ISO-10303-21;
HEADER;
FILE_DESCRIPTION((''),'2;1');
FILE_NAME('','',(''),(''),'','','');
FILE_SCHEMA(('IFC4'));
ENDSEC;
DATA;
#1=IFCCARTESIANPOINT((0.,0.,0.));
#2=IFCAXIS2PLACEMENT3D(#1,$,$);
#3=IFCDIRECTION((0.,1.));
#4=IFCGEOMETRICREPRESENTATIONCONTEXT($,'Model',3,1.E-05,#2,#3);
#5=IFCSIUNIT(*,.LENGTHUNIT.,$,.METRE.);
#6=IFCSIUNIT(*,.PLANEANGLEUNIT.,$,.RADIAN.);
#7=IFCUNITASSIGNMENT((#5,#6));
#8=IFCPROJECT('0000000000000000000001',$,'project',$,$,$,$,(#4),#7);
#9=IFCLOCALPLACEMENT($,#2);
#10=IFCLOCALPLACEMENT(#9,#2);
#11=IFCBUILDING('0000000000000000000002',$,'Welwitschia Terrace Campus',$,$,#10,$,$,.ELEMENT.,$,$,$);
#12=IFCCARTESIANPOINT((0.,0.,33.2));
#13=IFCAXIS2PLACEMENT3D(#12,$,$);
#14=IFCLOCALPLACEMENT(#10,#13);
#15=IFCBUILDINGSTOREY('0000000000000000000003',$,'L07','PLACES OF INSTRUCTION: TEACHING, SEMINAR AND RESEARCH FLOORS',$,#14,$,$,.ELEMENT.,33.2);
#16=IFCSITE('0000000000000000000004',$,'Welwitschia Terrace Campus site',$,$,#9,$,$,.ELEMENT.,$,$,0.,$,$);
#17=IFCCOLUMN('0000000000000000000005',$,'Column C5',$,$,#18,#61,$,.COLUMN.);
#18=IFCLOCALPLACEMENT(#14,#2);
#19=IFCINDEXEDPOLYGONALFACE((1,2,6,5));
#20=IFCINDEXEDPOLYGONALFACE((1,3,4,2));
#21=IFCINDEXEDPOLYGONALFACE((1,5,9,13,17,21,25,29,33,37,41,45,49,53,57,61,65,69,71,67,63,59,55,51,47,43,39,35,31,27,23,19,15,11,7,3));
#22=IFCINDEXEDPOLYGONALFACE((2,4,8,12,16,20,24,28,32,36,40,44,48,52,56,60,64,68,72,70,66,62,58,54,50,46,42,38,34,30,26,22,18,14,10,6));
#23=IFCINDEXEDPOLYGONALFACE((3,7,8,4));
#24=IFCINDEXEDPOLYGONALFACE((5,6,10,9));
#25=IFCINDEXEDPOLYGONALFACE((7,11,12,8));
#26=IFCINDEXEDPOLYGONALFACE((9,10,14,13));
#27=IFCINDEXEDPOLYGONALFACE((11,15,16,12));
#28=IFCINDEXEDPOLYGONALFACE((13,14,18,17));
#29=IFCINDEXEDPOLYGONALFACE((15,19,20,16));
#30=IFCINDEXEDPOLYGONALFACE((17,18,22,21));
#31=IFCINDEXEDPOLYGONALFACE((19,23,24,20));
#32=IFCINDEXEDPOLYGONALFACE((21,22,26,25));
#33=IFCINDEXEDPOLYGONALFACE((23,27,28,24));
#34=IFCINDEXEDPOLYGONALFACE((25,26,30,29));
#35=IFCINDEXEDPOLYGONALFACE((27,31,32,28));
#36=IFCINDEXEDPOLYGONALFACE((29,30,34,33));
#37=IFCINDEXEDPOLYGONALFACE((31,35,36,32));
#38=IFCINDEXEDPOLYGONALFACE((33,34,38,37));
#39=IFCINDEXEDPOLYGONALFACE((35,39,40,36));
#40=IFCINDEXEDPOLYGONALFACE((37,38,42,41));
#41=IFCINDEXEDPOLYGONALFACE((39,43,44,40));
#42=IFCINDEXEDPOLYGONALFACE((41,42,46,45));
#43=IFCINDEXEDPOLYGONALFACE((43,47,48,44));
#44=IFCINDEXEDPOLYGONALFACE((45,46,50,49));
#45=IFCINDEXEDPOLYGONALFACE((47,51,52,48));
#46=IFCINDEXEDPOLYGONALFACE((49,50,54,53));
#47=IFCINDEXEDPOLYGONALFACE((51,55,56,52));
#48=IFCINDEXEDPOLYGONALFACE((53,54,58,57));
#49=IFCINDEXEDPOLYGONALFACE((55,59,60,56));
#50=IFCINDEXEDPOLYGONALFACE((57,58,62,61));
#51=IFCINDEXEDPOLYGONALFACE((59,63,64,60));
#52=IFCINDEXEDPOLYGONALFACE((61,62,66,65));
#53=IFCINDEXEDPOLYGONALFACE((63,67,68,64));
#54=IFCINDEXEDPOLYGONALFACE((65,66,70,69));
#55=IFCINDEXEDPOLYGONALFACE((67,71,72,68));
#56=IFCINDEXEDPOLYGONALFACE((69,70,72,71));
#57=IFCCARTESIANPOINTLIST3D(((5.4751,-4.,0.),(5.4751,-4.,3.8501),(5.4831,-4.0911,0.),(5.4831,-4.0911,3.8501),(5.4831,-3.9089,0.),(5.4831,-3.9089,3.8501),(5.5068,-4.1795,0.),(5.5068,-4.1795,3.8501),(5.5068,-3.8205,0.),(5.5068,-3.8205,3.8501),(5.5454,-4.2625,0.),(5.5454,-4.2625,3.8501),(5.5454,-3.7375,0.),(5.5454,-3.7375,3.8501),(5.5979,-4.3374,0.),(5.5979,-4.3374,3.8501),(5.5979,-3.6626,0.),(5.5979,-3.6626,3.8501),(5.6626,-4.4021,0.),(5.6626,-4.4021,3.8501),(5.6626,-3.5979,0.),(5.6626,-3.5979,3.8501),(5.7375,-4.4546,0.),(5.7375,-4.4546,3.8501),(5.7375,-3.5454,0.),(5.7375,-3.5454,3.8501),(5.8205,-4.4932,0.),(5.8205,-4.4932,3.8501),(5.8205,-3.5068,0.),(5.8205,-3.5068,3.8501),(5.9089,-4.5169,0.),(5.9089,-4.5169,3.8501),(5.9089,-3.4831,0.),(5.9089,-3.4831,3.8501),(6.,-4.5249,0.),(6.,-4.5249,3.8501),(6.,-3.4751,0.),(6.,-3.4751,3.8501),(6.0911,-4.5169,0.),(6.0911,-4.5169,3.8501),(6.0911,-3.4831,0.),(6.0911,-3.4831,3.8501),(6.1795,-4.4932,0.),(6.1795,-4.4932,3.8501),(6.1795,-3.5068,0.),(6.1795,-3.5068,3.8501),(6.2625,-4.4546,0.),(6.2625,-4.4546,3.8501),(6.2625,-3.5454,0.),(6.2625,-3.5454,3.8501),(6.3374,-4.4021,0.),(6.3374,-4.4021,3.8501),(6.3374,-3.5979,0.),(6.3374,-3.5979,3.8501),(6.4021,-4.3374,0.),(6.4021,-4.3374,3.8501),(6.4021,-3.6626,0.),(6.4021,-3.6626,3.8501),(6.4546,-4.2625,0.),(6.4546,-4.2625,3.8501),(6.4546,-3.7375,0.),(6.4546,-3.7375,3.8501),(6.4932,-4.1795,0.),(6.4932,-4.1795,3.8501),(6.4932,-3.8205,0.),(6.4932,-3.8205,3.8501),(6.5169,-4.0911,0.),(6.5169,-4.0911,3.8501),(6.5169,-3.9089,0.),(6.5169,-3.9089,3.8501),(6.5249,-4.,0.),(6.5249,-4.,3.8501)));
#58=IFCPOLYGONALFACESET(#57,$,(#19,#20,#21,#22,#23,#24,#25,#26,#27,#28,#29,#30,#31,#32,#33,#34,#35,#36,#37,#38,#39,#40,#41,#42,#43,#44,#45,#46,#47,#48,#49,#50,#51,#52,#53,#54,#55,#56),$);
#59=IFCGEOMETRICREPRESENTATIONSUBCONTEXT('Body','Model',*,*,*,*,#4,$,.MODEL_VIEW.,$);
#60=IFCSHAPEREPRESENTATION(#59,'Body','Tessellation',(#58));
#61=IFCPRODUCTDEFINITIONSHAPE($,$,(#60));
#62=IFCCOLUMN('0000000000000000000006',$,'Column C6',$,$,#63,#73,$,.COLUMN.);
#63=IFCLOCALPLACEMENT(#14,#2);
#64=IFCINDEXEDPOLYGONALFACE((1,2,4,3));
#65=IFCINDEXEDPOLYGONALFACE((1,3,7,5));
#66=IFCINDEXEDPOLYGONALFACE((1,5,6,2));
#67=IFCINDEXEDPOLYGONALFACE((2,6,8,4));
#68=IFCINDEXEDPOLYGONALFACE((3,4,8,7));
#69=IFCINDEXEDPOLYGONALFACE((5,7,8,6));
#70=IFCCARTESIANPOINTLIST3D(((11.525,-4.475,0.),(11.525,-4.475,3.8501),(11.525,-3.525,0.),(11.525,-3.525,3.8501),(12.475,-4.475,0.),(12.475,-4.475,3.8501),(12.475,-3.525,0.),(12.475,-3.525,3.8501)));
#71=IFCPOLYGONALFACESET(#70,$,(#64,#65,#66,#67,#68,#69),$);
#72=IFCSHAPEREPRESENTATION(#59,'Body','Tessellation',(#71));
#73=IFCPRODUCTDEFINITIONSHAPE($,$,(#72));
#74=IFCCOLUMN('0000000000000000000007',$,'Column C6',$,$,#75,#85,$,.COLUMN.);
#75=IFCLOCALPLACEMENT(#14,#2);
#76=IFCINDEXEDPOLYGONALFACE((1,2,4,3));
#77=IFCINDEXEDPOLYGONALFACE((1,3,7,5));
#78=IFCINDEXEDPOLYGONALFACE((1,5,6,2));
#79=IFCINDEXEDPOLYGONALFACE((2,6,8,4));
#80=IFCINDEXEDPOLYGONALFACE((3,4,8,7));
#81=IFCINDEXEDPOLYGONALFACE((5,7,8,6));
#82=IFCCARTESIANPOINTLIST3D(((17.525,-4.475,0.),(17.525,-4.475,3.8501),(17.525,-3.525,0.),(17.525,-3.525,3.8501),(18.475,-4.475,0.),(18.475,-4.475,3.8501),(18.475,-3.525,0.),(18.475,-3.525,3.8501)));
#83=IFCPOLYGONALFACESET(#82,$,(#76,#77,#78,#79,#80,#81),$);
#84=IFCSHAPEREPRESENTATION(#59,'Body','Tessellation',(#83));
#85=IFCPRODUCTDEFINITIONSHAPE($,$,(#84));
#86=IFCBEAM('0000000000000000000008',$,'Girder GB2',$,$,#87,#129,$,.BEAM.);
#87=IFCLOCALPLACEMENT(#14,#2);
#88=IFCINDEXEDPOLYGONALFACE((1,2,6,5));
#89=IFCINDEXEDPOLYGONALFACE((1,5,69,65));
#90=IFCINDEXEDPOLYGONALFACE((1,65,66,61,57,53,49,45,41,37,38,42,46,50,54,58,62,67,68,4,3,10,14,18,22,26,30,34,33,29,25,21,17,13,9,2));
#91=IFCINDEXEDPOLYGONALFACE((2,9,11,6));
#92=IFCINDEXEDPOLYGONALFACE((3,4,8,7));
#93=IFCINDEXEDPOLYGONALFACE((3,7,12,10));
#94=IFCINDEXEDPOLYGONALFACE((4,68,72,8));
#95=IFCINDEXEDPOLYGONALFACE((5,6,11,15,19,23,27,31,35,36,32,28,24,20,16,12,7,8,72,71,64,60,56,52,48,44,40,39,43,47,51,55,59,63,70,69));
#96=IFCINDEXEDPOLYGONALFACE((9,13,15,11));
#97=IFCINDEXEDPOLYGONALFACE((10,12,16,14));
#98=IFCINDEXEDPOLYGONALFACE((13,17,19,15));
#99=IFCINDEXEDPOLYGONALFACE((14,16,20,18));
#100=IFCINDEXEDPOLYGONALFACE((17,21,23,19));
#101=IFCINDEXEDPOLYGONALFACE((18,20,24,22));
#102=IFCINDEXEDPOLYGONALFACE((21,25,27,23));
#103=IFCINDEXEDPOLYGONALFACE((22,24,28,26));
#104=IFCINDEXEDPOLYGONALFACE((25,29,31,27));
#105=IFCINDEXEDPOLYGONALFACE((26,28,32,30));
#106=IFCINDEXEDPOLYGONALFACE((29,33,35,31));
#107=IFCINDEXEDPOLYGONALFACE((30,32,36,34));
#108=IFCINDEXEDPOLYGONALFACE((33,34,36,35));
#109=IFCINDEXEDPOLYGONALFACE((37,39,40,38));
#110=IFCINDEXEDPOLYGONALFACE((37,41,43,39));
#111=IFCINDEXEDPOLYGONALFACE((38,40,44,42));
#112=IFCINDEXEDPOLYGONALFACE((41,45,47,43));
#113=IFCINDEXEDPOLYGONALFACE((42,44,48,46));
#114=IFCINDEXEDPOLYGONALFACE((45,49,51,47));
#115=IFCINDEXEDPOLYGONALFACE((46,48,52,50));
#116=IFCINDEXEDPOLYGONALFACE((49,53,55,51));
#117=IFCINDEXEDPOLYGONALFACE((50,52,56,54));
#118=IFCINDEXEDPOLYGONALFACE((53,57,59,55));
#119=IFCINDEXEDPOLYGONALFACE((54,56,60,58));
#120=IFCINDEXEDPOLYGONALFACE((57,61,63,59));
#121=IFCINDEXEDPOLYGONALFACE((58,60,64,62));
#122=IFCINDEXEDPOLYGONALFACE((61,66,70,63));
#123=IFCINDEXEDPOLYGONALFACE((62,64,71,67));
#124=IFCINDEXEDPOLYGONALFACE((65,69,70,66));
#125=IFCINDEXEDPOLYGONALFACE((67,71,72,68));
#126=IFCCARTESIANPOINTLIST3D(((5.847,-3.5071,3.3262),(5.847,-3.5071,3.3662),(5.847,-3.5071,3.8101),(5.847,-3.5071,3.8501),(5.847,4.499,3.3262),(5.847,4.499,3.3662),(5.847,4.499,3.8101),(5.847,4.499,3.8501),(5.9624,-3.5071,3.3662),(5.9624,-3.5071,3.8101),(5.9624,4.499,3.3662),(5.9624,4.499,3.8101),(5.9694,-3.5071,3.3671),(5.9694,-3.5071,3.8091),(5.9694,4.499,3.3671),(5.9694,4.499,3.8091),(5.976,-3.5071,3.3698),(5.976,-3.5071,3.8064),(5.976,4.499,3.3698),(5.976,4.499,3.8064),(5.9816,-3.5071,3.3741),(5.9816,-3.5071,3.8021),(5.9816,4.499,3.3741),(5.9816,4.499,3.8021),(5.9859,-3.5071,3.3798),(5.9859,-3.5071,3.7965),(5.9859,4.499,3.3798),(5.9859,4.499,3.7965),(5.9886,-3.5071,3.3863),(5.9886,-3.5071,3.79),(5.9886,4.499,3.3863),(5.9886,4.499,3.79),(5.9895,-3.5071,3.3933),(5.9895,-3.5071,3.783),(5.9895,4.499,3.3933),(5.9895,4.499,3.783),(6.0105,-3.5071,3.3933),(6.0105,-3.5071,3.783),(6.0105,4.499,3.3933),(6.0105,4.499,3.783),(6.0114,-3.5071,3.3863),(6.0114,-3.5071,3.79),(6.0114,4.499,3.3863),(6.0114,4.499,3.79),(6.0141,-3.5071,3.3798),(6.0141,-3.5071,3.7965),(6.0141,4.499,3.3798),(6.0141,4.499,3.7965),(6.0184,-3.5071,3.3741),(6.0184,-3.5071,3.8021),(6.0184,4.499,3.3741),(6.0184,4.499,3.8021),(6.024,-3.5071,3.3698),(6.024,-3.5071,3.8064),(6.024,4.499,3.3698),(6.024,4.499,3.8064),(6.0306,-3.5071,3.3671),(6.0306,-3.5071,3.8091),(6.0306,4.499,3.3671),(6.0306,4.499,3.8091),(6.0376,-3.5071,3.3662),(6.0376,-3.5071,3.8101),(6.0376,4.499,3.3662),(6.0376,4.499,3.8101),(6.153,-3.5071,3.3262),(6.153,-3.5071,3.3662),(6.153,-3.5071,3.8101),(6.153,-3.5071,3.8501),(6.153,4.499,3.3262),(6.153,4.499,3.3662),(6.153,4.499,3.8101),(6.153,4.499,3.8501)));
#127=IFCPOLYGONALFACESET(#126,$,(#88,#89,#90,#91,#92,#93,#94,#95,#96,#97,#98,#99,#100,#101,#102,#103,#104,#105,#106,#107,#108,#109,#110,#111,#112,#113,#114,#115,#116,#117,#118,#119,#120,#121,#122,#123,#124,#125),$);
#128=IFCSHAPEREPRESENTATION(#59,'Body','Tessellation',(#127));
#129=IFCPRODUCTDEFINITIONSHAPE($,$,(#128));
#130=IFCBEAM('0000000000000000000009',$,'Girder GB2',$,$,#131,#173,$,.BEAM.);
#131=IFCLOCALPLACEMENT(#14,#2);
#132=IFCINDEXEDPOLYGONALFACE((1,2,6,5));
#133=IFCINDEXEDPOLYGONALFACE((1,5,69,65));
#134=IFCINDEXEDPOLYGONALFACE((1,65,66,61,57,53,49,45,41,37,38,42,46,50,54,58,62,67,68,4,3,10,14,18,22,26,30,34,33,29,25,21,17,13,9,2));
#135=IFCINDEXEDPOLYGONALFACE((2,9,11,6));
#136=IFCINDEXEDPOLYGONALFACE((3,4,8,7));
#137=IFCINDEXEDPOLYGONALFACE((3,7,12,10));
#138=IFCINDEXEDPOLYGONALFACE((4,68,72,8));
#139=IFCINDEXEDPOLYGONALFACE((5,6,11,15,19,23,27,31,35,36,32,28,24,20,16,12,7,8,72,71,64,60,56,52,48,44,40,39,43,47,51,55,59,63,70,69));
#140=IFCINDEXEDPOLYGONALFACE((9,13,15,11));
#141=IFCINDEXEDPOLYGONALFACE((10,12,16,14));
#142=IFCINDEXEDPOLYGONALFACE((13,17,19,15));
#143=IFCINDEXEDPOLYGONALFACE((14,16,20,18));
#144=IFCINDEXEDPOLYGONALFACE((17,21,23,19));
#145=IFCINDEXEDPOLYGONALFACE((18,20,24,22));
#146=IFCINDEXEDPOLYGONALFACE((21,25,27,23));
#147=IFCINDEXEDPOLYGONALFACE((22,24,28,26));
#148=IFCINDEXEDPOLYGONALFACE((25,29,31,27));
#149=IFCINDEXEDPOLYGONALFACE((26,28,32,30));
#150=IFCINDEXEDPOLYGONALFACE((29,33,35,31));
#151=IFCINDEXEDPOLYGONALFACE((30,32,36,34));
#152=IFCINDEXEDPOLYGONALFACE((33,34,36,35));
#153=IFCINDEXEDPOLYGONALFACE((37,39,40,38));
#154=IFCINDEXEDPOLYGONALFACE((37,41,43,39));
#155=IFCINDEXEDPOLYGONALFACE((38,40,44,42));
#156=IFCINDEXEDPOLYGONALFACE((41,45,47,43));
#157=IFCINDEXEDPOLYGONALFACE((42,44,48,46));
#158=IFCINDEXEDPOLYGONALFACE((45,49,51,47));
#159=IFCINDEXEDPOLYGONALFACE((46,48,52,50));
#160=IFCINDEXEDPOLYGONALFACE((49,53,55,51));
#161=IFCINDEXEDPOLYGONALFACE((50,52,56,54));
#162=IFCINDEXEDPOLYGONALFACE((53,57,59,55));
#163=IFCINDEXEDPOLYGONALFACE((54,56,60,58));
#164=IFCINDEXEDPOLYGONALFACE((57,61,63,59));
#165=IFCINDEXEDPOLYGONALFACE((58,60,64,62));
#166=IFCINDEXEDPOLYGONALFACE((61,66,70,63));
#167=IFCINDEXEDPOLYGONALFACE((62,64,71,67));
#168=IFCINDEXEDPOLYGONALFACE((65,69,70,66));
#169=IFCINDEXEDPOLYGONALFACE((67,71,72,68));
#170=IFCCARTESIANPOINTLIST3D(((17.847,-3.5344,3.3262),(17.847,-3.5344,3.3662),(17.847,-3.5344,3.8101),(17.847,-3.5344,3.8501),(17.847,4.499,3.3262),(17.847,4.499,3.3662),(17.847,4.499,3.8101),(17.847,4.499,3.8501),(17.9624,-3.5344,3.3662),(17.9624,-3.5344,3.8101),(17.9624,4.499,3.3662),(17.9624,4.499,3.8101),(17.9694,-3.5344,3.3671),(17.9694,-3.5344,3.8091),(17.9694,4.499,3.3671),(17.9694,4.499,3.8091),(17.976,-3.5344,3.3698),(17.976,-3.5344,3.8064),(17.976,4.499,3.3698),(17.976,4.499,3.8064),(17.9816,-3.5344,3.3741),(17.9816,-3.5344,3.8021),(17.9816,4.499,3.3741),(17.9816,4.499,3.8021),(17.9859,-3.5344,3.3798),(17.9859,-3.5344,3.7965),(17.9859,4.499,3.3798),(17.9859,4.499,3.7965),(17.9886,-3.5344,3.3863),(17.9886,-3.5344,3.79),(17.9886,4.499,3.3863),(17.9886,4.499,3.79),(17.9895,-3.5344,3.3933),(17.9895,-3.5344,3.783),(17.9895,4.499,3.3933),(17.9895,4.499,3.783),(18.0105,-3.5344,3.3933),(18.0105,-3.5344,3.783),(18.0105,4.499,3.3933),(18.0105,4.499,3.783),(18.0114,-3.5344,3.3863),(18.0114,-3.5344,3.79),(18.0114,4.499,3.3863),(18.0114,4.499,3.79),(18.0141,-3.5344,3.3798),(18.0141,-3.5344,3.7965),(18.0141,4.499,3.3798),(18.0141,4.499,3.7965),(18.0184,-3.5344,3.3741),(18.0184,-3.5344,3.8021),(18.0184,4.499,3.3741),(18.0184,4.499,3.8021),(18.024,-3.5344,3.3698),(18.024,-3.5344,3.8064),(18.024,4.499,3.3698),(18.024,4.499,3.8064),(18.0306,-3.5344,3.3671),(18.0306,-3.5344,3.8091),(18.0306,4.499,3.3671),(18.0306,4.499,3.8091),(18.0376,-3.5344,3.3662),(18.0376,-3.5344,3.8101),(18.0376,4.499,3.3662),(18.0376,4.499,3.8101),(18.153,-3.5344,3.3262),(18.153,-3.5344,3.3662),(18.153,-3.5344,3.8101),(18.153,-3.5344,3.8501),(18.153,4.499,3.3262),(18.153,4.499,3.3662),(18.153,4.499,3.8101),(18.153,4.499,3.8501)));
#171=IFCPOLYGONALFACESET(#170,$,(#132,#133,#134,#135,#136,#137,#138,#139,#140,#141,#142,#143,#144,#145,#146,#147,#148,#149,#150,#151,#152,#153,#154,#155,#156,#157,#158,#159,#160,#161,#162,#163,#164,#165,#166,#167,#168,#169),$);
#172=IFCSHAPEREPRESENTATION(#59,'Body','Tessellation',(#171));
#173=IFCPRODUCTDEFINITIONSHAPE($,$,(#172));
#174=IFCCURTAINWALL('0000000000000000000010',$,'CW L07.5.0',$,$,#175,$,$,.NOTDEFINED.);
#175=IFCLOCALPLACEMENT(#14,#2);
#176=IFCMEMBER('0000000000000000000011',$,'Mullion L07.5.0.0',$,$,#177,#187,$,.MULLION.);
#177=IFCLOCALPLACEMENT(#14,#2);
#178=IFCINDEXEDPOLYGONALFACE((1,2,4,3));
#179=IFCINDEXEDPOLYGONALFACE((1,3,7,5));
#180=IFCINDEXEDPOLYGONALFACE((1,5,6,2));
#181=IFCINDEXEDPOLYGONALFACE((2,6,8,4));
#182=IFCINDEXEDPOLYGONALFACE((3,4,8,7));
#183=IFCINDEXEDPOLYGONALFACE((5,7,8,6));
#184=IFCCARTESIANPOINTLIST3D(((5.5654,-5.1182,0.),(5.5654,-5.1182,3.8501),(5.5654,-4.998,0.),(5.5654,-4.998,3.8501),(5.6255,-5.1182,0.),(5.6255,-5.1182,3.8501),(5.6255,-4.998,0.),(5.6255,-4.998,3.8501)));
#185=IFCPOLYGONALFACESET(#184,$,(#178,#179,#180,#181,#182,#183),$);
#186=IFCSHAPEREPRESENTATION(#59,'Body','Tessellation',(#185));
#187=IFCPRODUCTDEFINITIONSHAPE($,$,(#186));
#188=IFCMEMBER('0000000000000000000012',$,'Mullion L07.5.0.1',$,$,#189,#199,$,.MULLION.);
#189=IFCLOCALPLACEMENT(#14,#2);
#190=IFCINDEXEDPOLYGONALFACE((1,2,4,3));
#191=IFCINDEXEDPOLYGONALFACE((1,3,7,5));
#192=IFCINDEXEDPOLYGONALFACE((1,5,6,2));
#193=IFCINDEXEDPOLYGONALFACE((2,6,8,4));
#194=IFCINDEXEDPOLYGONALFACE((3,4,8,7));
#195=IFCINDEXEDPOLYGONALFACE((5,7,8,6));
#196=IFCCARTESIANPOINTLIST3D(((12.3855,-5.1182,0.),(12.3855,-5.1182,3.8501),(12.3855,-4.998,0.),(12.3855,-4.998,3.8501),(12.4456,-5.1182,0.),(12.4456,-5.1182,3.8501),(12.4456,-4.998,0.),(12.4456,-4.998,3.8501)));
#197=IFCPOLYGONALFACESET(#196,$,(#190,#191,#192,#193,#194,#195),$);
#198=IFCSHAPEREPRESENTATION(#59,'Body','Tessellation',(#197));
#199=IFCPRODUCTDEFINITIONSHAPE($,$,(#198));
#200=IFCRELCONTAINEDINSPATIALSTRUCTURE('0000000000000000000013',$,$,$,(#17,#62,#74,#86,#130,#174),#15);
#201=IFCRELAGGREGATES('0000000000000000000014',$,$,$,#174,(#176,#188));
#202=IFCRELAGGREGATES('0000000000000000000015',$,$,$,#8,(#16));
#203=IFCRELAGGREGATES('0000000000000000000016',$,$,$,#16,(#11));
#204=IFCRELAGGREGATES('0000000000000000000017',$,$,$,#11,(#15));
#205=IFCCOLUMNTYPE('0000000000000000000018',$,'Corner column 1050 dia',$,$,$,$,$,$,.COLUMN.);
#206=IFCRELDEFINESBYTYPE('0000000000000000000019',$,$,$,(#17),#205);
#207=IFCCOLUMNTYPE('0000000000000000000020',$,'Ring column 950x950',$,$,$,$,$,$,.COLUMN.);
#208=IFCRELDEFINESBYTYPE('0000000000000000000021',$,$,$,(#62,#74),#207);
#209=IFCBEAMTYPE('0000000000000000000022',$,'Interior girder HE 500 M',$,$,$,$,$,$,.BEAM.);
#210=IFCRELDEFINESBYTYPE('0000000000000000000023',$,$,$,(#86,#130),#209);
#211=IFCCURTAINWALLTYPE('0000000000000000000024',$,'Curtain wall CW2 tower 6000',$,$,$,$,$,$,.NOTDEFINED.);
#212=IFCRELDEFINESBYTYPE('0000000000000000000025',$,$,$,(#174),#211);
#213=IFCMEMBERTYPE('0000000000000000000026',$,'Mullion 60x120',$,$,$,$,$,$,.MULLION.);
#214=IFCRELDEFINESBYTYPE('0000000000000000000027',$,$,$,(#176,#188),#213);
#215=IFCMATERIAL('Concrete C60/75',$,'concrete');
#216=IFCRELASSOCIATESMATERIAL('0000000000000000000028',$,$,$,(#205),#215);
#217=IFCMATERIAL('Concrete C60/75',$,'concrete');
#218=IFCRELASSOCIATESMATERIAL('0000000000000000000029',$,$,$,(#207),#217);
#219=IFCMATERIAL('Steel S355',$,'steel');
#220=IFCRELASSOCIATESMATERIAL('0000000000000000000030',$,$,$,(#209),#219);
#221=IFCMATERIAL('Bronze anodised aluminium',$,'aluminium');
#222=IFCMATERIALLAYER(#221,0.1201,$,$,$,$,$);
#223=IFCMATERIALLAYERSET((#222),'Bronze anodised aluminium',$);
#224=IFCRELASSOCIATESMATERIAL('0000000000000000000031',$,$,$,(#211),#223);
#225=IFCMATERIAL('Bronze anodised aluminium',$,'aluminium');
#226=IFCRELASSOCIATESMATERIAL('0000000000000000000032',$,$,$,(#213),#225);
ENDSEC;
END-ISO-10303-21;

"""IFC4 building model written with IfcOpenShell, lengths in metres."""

from ifc_helpers import new_model, si_unit, direction, frame, origin, origin_2d, place, context, subcontext, project, spatial, rectangle, circle, i_section, extrude, material, layer, layer_set, material_profile, profile_set, type_object, element, aggregate, save


model = new_model("IFC4")

# Units and contexts
model_context = context("Model", 3, precision=1e-05, world=origin(), true_north=direction((0.0, 1.0)))
body_context = subcontext(model_context, "Body", "Model", "MODEL_VIEW")
ifc_project = project(units=[si_unit("LENGTHUNIT", "METRE"), si_unit("PLANEANGLEUNIT", "RADIAN")], contexts=[model_context])

# Site, building, storey
site_placement = place(None, origin())
site = spatial("IfcSite", under=ifc_project, at=site_placement, Name="Welwitschia Terrace Campus site", CompositionType="ELEMENT", RefElevation=0.0)
building_placement = place(site_placement, origin())
building = spatial("IfcBuilding", under=site, at=building_placement, Name="Welwitschia Terrace Campus", CompositionType="ELEMENT")
storey_placement = place(building_placement, frame((0.0, 0.0, 33.2)))
storey = spatial("IfcBuildingStorey", under=building, at=storey_placement, Name="L07", Description="PLACES OF INSTRUCTION: TEACHING, SEMINAR AND RESEARCH FLOORS", CompositionType="ELEMENT", Elevation=33.2)

# Columns
ifc_material_1 = material(Name="Concrete C60/75", Category="concrete")
ifc_material_profile_1 = material_profile(ifc_material_1, circle(Radius=0.5249, at=origin_2d()))
ifc_profile_set_1 = profile_set([ifc_material_profile_1], Name="Concrete C60/75")
column_type_1 = type_object("IfcColumnType", Name="Corner column 1050 dia", PredefinedType="COLUMN", material=ifc_profile_set_1)
column_placement = place(storey_placement, frame((6.0, -4.0, 0.0), z_axis=(0.0, 0.0, 1.0), x_axis=(1.0, 0.0, 0.0)))
element("IfcColumn", 1, at=column_placement, inside=storey, type_object=column_type_1, Name="Column C5", PredefinedType="COLUMN", context=body_context, shape_type="SweptSolid", body=[
    extrude(circle(Radius=0.5249, at=origin_2d()), origin(), (0.0, 0.0, 1.0), 3.8501),
])
ifc_material_2 = material(Name="Concrete C60/75", Category="concrete")
ifc_material_profile_2 = material_profile(ifc_material_2, rectangle(XDim=0.95, YDim=0.95, at=origin_2d()))
ifc_profile_set_2 = profile_set([ifc_material_profile_2], Name="Concrete C60/75")
column_type_2 = type_object("IfcColumnType", Name="Ring column 950x950", PredefinedType="COLUMN", material=ifc_profile_set_2)
for number, where, z_axis, x_axis, name in (
    (2, (12.0, -4.0, 0.0), (0.0, 0.0, 1.0), (1.0, 0.0, 0.0), "Column C6"),
    (3, (18.0, -4.0, 0.0), (0.0, 0.0, 1.0), (1.0, 0.0, 0.0), "Column C6"),
):
    element("IfcColumn", number, at=place(storey_placement, frame(where, z_axis=z_axis, x_axis=x_axis)), inside=storey, type_object=column_type_2, Name=name, PredefinedType="COLUMN", context=body_context, shape_type="SweptSolid", body=[
        extrude(rectangle(XDim=0.95, YDim=0.95, at=origin_2d()), origin(), (0.0, 0.0, 1.0), 3.8501),
    ])

# Beams
ifc_material_3 = material(Name="Steel S355", Category="steel")
ifc_material_profile_3 = material_profile(ifc_material_3, i_section(OverallWidth=0.3059, OverallDepth=0.5239, WebThickness=0.021, FlangeThickness=0.04, FilletRadius=0.0271, at=origin_2d()))
ifc_profile_set_3 = profile_set([ifc_material_profile_3], Name="Steel S355")
beam_type_1 = type_object("IfcBeamType", Name="Interior girder HE 500 M", PredefinedType="BEAM", material=ifc_profile_set_3)
beam_1_placement = place(storey_placement, frame((6.0, -3.5071, 3.5881), z_axis=(0.0, 1.0, 0.0), x_axis=(-1.0, 0.0, 0.0)))
element("IfcBeam", 4, at=beam_1_placement, inside=storey, type_object=beam_type_1, Name="Girder GB2", PredefinedType="BEAM", context=body_context, shape_type="SweptSolid", body=[
    extrude(i_section(OverallWidth=0.3059, OverallDepth=0.5239, WebThickness=0.021, FlangeThickness=0.04, FilletRadius=0.0271, at=origin_2d()), origin(), (0.0, 0.0, 1.0), 8.0061),
])
beam_2_placement = place(storey_placement, frame((18.0, -3.5344, 3.5881), z_axis=(0.0, 1.0, 0.0), x_axis=(-1.0, 0.0, 0.0)))
element("IfcBeam", 5, at=beam_2_placement, inside=storey, type_object=beam_type_1, Name="Girder GB2", PredefinedType="BEAM", context=body_context, shape_type="SweptSolid", body=[
    extrude(i_section(OverallWidth=0.3059, OverallDepth=0.5239, WebThickness=0.021, FlangeThickness=0.04, FilletRadius=0.0271, at=origin_2d()), origin(), (0.0, 0.0, 1.0), 8.0334),
])

# Curtain wall, members
ifc_material_4 = material(Name="Bronze anodised aluminium", Category="aluminium")
ifc_layer_1 = layer(ifc_material_4, 0.1201)
ifc_layer_set_1 = layer_set([ifc_layer_1], Name="Bronze anodised aluminium")
curtain_wall_type = type_object("IfcCurtainWallType", Name="Curtain wall CW2 tower 6000", PredefinedType="NOTDEFINED", material=ifc_layer_set_1)
curtain_wall_placement = place(storey_placement, origin())
curtain_wall = element("IfcCurtainWall", 6, at=curtain_wall_placement, inside=storey, type_object=curtain_wall_type, Name="CW L07.5.0", PredefinedType="NOTDEFINED")
ifc_material_5 = material(Name="Bronze anodised aluminium", Category="aluminium")
ifc_material_profile_4 = material_profile(ifc_material_5, rectangle(XDim=0.1201, YDim=0.0601, at=origin_2d()))
ifc_profile_set_4 = profile_set([ifc_material_profile_4], Name="Bronze anodised aluminium")
member_type_1 = type_object("IfcMemberType", Name="Mullion 60x120", PredefinedType="MULLION", material=ifc_profile_set_4)
member_1_placement = place(storey_placement, frame((5.5955, -5.0581, 0.0), z_axis=(0.0, 0.0, 1.0), x_axis=(0.0, 1.0, 0.0)))
member_1 = element("IfcMember", 7, at=member_1_placement, type_object=member_type_1, Name="Mullion L07.5.0.0", PredefinedType="MULLION", context=body_context, shape_type="SweptSolid", body=[
    extrude(rectangle(XDim=0.1201, YDim=0.0601, at=origin_2d()), origin(), (0.0, 0.0, 1.0), 3.8501),
])
member_2_placement = place(storey_placement, frame((12.4155, -5.0581, 0.0), z_axis=(0.0, 0.0, 1.0), x_axis=(0.0, 1.0, 0.0)))
member_2 = element("IfcMember", 8, at=member_2_placement, type_object=member_type_1, Name="Mullion L07.5.0.1", PredefinedType="MULLION", context=body_context, shape_type="SweptSolid", body=[
    extrude(rectangle(XDim=0.1201, YDim=0.0601, at=origin_2d()), origin(), (0.0, 0.0, 1.0), 3.8501),
])

aggregate(curtain_wall, [member_1, member_2])

save(model, "model.ifc")
